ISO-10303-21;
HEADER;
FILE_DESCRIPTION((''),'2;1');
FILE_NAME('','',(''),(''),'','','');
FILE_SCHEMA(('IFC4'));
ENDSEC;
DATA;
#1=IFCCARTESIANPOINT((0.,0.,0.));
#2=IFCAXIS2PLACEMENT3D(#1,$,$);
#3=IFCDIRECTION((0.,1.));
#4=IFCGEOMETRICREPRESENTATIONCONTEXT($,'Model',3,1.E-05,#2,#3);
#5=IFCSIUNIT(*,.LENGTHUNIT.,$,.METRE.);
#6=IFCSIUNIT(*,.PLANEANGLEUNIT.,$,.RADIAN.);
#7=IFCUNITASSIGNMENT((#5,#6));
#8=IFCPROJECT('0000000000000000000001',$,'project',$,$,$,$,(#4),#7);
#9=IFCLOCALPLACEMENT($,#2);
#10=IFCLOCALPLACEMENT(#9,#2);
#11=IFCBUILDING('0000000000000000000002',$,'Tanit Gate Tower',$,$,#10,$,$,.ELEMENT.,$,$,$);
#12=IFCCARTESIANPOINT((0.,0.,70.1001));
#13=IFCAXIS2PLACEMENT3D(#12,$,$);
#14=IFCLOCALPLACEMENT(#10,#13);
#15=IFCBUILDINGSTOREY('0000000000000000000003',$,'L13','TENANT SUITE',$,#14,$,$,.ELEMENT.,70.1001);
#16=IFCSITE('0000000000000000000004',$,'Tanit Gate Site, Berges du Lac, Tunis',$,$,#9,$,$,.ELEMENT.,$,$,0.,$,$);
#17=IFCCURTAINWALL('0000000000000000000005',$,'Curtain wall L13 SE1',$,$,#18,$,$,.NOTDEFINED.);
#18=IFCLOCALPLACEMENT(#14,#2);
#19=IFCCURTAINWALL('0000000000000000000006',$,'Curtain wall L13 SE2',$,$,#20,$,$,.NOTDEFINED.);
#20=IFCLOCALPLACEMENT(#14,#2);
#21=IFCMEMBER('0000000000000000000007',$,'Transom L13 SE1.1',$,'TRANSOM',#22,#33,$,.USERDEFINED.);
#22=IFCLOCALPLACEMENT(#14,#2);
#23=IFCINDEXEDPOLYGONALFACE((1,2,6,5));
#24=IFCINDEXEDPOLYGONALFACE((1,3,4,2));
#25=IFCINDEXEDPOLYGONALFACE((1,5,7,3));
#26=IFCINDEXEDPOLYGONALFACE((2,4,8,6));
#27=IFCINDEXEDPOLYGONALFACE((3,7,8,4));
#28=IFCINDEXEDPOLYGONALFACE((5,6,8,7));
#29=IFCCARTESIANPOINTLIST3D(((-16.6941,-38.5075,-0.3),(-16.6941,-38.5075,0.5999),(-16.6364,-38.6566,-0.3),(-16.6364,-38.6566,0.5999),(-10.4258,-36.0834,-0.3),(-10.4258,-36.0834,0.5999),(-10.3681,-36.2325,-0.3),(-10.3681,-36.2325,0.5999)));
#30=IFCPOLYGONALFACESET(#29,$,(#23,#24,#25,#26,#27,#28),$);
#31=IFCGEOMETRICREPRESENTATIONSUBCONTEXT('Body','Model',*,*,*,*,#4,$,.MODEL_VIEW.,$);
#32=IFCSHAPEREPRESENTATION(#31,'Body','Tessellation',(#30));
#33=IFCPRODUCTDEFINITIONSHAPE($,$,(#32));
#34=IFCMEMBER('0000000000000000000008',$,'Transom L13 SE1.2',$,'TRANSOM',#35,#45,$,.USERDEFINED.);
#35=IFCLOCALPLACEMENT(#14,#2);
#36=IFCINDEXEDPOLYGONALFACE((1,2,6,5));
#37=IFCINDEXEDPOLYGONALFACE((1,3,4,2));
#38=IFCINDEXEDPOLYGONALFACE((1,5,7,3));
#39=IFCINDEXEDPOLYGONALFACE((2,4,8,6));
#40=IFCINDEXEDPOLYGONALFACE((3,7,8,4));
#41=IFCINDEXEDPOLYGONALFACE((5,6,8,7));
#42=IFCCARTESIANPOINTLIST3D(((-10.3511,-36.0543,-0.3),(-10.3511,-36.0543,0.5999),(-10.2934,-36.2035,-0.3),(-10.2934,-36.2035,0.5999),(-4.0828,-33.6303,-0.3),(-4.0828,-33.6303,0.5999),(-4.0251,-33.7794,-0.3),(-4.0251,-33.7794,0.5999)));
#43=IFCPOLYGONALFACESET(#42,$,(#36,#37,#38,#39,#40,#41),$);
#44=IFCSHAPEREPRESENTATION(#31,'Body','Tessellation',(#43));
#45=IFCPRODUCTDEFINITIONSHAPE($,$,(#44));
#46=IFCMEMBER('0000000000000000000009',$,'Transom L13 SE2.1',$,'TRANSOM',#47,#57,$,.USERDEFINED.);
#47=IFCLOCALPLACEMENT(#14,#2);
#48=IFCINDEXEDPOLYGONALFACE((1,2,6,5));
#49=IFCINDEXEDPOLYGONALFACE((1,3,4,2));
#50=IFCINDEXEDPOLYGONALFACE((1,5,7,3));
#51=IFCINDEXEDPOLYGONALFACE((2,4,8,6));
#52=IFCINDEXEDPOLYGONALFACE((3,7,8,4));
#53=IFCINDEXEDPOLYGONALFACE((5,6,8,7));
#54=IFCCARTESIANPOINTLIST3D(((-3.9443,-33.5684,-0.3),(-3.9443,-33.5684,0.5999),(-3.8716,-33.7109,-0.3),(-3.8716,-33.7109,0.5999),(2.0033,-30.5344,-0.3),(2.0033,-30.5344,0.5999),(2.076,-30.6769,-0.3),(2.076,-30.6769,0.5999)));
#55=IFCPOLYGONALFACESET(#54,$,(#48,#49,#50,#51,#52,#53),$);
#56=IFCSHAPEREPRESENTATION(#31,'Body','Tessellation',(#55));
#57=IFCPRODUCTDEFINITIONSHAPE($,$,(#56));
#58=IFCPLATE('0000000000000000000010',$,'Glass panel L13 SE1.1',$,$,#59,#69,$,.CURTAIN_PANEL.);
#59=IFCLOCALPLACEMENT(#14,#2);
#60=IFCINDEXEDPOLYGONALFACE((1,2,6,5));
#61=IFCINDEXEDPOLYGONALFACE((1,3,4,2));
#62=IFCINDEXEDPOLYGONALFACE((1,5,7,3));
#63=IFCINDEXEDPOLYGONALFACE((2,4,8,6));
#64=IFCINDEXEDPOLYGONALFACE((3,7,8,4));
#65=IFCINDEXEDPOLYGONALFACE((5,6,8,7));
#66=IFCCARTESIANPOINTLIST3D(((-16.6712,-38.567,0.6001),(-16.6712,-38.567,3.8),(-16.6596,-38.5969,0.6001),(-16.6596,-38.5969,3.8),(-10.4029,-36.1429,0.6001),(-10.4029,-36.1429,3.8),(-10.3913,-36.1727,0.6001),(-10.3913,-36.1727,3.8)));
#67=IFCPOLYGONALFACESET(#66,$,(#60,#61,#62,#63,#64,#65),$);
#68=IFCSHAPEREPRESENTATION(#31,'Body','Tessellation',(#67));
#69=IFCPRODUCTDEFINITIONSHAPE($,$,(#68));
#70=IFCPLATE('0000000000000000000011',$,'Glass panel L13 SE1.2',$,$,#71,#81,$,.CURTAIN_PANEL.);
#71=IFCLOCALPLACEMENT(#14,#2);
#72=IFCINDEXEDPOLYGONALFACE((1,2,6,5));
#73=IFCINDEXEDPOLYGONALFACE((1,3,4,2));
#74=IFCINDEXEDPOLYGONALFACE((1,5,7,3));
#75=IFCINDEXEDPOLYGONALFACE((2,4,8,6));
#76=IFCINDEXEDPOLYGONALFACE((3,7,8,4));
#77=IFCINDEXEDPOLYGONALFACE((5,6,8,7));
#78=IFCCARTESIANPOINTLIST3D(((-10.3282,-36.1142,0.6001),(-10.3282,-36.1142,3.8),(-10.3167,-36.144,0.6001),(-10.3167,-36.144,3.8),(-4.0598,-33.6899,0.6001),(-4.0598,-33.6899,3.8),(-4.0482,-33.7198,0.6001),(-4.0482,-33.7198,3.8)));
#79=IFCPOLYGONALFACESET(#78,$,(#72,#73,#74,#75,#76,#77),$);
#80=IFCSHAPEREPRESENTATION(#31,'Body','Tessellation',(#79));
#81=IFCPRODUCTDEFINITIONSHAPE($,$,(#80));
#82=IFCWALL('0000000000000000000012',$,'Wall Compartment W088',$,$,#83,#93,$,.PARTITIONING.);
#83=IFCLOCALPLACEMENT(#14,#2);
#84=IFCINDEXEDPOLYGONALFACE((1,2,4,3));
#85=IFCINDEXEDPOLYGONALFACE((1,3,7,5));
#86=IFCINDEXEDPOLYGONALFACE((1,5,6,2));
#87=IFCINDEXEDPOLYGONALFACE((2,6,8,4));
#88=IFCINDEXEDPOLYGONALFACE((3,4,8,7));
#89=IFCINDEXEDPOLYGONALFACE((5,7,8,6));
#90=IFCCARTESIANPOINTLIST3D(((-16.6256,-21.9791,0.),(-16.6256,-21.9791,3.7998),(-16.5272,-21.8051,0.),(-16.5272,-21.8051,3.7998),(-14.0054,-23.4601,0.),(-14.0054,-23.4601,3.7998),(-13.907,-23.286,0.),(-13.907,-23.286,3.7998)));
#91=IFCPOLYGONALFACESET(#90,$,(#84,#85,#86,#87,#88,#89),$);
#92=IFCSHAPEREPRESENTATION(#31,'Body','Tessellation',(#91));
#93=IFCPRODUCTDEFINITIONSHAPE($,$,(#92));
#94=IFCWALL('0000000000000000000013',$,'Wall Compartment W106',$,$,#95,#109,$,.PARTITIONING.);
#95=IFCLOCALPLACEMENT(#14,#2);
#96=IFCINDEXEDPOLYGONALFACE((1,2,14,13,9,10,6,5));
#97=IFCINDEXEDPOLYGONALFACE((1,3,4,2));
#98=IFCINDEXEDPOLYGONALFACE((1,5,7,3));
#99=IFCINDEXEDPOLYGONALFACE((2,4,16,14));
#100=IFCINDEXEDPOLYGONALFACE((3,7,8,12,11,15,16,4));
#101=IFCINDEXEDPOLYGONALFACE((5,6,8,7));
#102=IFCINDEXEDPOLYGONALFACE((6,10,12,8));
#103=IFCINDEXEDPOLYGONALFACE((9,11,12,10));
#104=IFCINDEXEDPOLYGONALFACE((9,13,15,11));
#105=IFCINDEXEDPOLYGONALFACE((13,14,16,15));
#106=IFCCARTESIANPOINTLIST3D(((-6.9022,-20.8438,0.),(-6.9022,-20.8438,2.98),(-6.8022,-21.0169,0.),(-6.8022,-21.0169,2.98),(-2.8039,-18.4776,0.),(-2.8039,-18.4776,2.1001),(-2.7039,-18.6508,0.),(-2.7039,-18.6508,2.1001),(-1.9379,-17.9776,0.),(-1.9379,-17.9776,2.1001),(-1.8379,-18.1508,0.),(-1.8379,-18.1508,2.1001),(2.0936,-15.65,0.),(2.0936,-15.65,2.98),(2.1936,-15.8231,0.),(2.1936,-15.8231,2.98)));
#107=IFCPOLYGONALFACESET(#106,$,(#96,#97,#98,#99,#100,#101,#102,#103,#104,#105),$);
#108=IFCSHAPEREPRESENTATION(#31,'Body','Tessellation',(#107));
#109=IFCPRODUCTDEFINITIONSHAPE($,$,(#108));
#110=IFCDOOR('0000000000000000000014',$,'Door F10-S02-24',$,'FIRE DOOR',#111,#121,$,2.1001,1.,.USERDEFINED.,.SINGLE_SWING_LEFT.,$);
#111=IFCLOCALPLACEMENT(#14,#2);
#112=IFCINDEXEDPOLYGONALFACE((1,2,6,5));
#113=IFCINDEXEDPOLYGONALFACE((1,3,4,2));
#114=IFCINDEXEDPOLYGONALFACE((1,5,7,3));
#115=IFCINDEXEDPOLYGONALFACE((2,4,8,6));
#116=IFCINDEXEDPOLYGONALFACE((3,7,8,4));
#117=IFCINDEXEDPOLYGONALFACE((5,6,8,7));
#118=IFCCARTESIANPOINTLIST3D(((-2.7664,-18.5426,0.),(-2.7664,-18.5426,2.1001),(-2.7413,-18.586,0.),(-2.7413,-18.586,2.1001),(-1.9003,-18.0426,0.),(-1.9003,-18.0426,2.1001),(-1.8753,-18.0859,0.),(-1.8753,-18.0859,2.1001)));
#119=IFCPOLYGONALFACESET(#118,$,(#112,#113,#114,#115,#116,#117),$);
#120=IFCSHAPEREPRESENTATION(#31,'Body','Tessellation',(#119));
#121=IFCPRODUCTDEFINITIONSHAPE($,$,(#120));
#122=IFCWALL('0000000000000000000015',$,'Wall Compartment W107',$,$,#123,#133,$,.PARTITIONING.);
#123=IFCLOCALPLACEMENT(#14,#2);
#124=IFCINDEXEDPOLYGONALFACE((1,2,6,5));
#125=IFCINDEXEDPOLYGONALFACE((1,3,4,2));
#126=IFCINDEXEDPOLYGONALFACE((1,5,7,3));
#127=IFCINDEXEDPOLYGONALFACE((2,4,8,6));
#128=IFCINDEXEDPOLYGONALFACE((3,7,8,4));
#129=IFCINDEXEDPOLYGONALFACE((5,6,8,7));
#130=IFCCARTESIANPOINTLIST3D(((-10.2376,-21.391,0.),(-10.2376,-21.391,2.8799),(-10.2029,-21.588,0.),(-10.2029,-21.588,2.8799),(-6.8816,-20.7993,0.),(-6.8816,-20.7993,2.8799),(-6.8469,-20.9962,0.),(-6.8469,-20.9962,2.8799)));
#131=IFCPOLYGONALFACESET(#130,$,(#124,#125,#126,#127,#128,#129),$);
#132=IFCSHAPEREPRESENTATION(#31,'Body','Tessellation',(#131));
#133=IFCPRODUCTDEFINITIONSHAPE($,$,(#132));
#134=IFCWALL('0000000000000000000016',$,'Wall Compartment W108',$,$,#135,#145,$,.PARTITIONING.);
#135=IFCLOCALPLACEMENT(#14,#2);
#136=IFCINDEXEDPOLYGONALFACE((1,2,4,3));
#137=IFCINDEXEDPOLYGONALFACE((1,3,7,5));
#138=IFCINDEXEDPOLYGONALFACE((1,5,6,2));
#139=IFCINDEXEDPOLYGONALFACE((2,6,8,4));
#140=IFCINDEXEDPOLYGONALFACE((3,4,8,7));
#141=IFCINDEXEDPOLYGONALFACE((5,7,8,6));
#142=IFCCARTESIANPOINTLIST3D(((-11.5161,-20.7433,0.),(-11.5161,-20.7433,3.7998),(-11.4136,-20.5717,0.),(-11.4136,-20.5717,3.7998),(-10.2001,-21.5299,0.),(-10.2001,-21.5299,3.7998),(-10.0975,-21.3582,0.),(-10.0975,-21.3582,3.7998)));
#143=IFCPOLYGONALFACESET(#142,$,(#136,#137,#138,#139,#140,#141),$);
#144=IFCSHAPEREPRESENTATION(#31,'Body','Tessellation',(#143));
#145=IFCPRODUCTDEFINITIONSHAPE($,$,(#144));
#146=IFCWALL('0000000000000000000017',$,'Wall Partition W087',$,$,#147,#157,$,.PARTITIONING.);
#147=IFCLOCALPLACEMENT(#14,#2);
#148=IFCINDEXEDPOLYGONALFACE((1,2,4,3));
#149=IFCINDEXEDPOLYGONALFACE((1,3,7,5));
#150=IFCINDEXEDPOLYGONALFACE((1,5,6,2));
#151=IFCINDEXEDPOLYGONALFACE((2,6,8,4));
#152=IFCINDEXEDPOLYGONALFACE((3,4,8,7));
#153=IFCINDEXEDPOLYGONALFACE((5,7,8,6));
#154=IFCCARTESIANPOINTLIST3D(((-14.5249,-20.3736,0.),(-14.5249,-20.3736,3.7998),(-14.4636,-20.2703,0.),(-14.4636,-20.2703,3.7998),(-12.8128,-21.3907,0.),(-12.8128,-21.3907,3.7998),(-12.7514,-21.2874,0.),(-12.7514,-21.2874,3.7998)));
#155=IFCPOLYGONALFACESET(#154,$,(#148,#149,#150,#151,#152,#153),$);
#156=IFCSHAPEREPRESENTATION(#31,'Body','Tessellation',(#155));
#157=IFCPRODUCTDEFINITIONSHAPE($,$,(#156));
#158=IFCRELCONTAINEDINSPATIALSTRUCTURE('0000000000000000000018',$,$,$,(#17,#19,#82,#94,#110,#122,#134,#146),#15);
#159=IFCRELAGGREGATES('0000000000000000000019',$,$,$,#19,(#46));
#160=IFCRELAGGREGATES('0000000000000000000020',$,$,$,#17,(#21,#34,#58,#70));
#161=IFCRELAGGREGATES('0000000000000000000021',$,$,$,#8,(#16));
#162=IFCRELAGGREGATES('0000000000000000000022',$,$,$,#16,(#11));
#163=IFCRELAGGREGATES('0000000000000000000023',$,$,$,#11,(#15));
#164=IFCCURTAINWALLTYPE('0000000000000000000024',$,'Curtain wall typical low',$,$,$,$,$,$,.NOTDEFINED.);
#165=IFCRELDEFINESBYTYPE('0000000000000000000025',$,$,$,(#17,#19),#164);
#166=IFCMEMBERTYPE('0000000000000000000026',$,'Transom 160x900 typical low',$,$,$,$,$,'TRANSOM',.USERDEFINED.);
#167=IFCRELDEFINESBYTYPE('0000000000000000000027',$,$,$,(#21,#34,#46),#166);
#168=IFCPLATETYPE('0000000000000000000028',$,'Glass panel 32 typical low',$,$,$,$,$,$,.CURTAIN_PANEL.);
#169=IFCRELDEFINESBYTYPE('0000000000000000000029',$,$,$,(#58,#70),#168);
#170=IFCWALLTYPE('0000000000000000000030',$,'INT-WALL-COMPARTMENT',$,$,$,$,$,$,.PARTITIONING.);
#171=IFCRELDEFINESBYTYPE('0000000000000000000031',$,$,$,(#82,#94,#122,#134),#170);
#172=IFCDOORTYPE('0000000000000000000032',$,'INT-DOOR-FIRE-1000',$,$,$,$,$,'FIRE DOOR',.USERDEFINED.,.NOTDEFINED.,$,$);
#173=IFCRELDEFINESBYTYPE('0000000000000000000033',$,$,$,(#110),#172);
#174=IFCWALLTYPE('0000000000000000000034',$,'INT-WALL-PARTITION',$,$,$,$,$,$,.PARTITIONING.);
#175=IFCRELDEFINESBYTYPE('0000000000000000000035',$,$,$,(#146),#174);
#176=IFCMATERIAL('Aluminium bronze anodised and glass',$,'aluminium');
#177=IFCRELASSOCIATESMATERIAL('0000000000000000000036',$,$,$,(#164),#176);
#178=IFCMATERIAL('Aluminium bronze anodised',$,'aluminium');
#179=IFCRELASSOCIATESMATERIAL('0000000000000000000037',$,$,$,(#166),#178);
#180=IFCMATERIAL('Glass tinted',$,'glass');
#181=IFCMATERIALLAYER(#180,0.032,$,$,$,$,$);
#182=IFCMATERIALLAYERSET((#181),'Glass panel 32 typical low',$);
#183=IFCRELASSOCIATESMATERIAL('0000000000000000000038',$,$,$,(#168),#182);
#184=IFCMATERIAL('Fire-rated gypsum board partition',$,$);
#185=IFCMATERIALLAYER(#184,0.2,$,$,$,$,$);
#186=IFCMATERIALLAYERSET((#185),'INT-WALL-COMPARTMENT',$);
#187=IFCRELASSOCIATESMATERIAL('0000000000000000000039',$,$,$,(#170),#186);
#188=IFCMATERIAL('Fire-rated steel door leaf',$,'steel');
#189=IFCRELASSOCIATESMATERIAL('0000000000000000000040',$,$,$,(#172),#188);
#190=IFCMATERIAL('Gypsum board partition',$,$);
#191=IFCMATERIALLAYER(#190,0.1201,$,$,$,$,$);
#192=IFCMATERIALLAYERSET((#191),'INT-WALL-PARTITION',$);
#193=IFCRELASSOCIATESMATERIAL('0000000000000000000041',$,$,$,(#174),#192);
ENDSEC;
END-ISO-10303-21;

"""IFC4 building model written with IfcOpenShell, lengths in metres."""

from ifc_helpers import new_model, si_unit, direction, frame, frame_2d, origin, origin_2d, place, context, subcontext, project, spatial, rectangle, extrude, material, layer, layer_set, material_profile, profile_set, type_object, element, fill, aggregate, save


model = new_model("IFC4")

# Units and contexts
model_context = context("Model", 3, precision=1e-05, world=origin(), true_north=direction((0.0, 1.0)))
body_context = subcontext(model_context, "Body", "Model", "MODEL_VIEW")
ifc_project = project(units=[si_unit("LENGTHUNIT", "METRE"), si_unit("PLANEANGLEUNIT", "RADIAN")], contexts=[model_context])

# Site, building, storey
site_placement = place(None, origin())
site = spatial("IfcSite", under=ifc_project, at=site_placement, Name="Tanit Gate Site, Berges du Lac, Tunis", CompositionType="ELEMENT", RefElevation=0.0)
building_placement = place(site_placement, origin())
building = spatial("IfcBuilding", under=site, at=building_placement, Name="Tanit Gate Tower", CompositionType="ELEMENT")
storey_placement = place(building_placement, frame((0.0, 0.0, 70.1001)))
storey = spatial("IfcBuildingStorey", under=building, at=storey_placement, Name="L13", Description="TENANT SUITE", CompositionType="ELEMENT", Elevation=70.1001)

# Curtain walls
ifc_material_1 = material(Name="Aluminium bronze anodised and glass", Category="aluminium")
curtain_wall_type = type_object("IfcCurtainWallType", Name="Curtain wall typical low", PredefinedType="NOTDEFINED", material=ifc_material_1)
curtain_wall_1_placement = place(storey_placement, origin())
curtain_wall_1 = element("IfcCurtainWall", 1, at=curtain_wall_1_placement, inside=storey, type_object=curtain_wall_type, Name="Curtain wall L13 SE1", PredefinedType="NOTDEFINED")
curtain_wall_2_placement = place(storey_placement, origin())
curtain_wall_2 = element("IfcCurtainWall", 2, at=curtain_wall_2_placement, inside=storey, type_object=curtain_wall_type, Name="Curtain wall L13 SE2", PredefinedType="NOTDEFINED")

# Members
ifc_material_2 = material(Name="Aluminium bronze anodised", Category="aluminium")
ifc_material_profile_1 = material_profile(ifc_material_2, rectangle(XDim=0.1599, YDim=0.8999, at=origin_2d()), Name="160x900 bronze transom")
ifc_profile_set_1 = profile_set([ifc_material_profile_1], Name="Aluminium bronze anodised")
member_type_1 = type_object("IfcMemberType", Name="Transom 160x900 typical low", ElementType="TRANSOM", PredefinedType="USERDEFINED", material=ifc_profile_set_1)
member_1_placement = place(storey_placement, frame((-16.6653, -38.582, 0.1499), z_axis=(0.932687, 0.360687, 0.0), x_axis=(-0.360687, 0.932687, 0.0)))
member_1 = element("IfcMember", 3, at=member_1_placement, type_object=member_type_1, Name="Transom L13 SE1.1", ObjectType="TRANSOM", PredefinedType="USERDEFINED", context=body_context, shape_type="SweptSolid", body=[
    extrude(rectangle(XDim=0.1599, YDim=0.8999, at=origin_2d()), origin(), (0.0, 0.0, 1.0), 6.7207),
])
member_2_placement = place(storey_placement, frame((-10.3223, -36.1289, 0.1499), z_axis=(0.932687, 0.360687, 0.0), x_axis=(-0.360687, 0.932687, 0.0)))
member_2 = element("IfcMember", 4, at=member_2_placement, type_object=member_type_1, Name="Transom L13 SE1.2", ObjectType="TRANSOM", PredefinedType="USERDEFINED", context=body_context, shape_type="SweptSolid", body=[
    extrude(rectangle(XDim=0.1599, YDim=0.8999, at=origin_2d()), origin(), (0.0, 0.0, 1.0), 6.7207),
])
member_3_placement = place(storey_placement, frame((-3.908, -33.6396, 0.1499), z_axis=(0.890793, 0.45441, 0.0), x_axis=(-0.45441, 0.890793, 0.0)))
member_3 = element("IfcMember", 5, at=member_3_placement, type_object=member_type_1, Name="Transom L13 SE2.1", ObjectType="TRANSOM", PredefinedType="USERDEFINED", context=body_context, shape_type="SweptSolid", body=[
    extrude(rectangle(XDim=0.1599, YDim=0.8999, at=origin_2d()), origin(), (0.0, 0.0, 1.0), 6.6768),
])
aggregate(curtain_wall_2, [member_3])

# Plates
ifc_material_3 = material(Name="Glass tinted", Category="glass")
ifc_layer_1 = layer(ifc_material_3, 0.032)
ifc_layer_set_1 = layer_set([ifc_layer_1], Name="Glass panel 32 typical low")
plate_type = type_object("IfcPlateType", Name="Glass panel 32 typical low", PredefinedType="CURTAIN_PANEL", material=ifc_layer_set_1)
plate_1_placement = place(storey_placement, frame((-13.5312, -37.3699, 0.6001), z_axis=(0.0, 0.0, 1.0), x_axis=(0.932681, 0.360703, 0.0)))
plate_1 = element("IfcPlate", 6, at=plate_1_placement, type_object=plate_type, Name="Glass panel L13 SE1.1", PredefinedType="CURTAIN_PANEL", context=body_context, shape_type="SweptSolid", body=[
    extrude(rectangle(XDim=6.7207, YDim=0.032, at=origin_2d()), origin(), (0.0, 0.0, 1.0), 3.2),
])
plate_2_placement = place(storey_placement, frame((-7.1882, -34.917, 0.6001), z_axis=(0.0, 0.0, 1.0), x_axis=(0.932681, 0.360703, 0.0)))
plate_2 = element("IfcPlate", 7, at=plate_2_placement, type_object=plate_type, Name="Glass panel L13 SE1.2", PredefinedType="CURTAIN_PANEL", context=body_context, shape_type="SweptSolid", body=[
    extrude(rectangle(XDim=6.7209, YDim=0.032, at=origin_2d()), origin(), (0.0, 0.0, 1.0), 3.2),
])
aggregate(curtain_wall_1, [member_1, member_2, plate_1, plate_2])

# Wall
ifc_material_4 = material(Name="Fire-rated gypsum board partition")
ifc_layer_2 = layer(ifc_material_4, 0.2)
ifc_layer_set_2 = layer_set([ifc_layer_2], Name="INT-WALL-COMPARTMENT")
wall_type_1 = type_object("IfcWallType", Name="INT-WALL-COMPARTMENT", PredefinedType="PARTITIONING", material=ifc_layer_set_2)
wall_1_placement = place(storey_placement, frame((-16.5764, -21.8921, 0.0), z_axis=(0.0, 0.0, 1.0), x_axis=(0.87056, -0.492063, 0.0)))
element("IfcWall", 8, at=wall_1_placement, inside=storey, type_object=wall_type_1, Name="Wall Compartment W088", PredefinedType="PARTITIONING", context=body_context, shape_type="SweptSolid", body=[
    extrude(rectangle(XDim=3.0098, YDim=0.2, at=frame_2d((1.5049, 0.0))), origin(), (0.0, 0.0, 1.0), 3.7998),
])

# Wall, opening, door
wall_2_placement = place(storey_placement, frame((-6.8523, -20.9304, 0.0), z_axis=(0.0, 0.0, 1.0), x_axis=(0.866022, 0.500007, 0.0)))
wall_2 = element("IfcWall", 9, at=wall_2_placement, inside=storey, type_object=wall_type_1, Name="Wall Compartment W106", PredefinedType="PARTITIONING", context=body_context, shape_type="SweptSolid", body=[
    extrude(rectangle(XDim=10.3875, YDim=0.2, at=frame_2d((5.1938, 0.0))), origin(), (0.0, 0.0, 1.0), 2.98),
])
opening_1_placement = place(wall_2_placement, frame((4.7324, 0.0, 0.0)))
opening_1 = element("IfcOpeningElement", 10, at=opening_1_placement, cuts=wall_2, PredefinedType="OPENING", context=body_context, shape_type="SweptSolid", body=[
    extrude(rectangle(XDim=1.0, YDim=2.1001, at=frame_2d((0.5, 1.05))), frame((0.0, 0.1099, 0.0), z_axis=(0.0, -1.0, 0.0), x_axis=(1.0, 0.0, 0.0)), (0.0, 0.0, 1.0), 0.22),
])
ifc_material_5 = material(Name="Fire-rated steel door leaf", Category="steel")
door_type_1 = type_object("IfcDoorType", Name="INT-DOOR-FIRE-1000", ElementType="FIRE DOOR", OperationType="NOTDEFINED", PredefinedType="USERDEFINED", material=ifc_material_5)
door_1_placement = place(opening_1_placement, origin())
door_1 = element("IfcDoor", 11, at=door_1_placement, inside=storey, type_object=door_type_1, Name="Door F10-S02-24", ObjectType="FIRE DOOR", OperationType="SINGLE_SWING_LEFT", OverallHeight=2.1001, OverallWidth=1.0, PredefinedType="USERDEFINED", context=body_context, shape_type="SweptSolid", body=[
    extrude(rectangle(XDim=1.0, YDim=2.1001, at=frame_2d((0.5, 1.05))), frame((0.0, 0.0249, 0.0), z_axis=(0.0, -1.0, 0.0), x_axis=(1.0, 0.0, 0.0)), (0.0, 0.0, 1.0), 0.05),
])
fill(opening_1, door_1)

# Walls
wall_3_placement = place(storey_placement, frame((-10.2202, -21.4895, 0.0), z_axis=(0.0, 0.0, 1.0), x_axis=(0.984805, 0.173663, 0.0)))
element("IfcWall", 12, at=wall_3_placement, inside=storey, type_object=wall_type_1, Name="Wall Compartment W107", PredefinedType="PARTITIONING", context=body_context, shape_type="SweptSolid", body=[
    extrude(rectangle(XDim=3.4077, YDim=0.2, at=frame_2d((1.7039, 0.0))), origin(), (0.0, 0.0, 1.0), 2.8799),
])
wall_4_placement = place(storey_placement, frame((-11.4648, -20.6575, 0.0), z_axis=(0.0, 0.0, 1.0), x_axis=(0.858377, -0.51302, 0.0)))
element("IfcWall", 13, at=wall_4_placement, inside=storey, type_object=wall_type_1, Name="Wall Compartment W108", PredefinedType="PARTITIONING", context=body_context, shape_type="SweptSolid", body=[
    extrude(rectangle(XDim=1.5332, YDim=0.2, at=frame_2d((0.7666, 0.0))), origin(), (0.0, 0.0, 1.0), 3.7998),
])
ifc_material_6 = material(Name="Gypsum board partition")
ifc_layer_3 = layer(ifc_material_6, 0.1201)
ifc_layer_set_3 = layer_set([ifc_layer_3], Name="INT-WALL-PARTITION")
wall_type_2 = type_object("IfcWallType", Name="INT-WALL-PARTITION", PredefinedType="PARTITIONING", material=ifc_layer_set_3)
wall_5_placement = place(storey_placement, frame((-14.4941, -20.322, 0.0), z_axis=(0.0, 0.0, 1.0), x_axis=(0.859745, -0.510723, 0.0)))
element("IfcWall", 14, at=wall_5_placement, inside=storey, type_object=wall_type_2, Name="Wall Partition W087", PredefinedType="PARTITIONING", context=body_context, shape_type="SweptSolid", body=[
    extrude(rectangle(XDim=1.9915, YDim=0.1201, at=frame_2d((0.9956, 0.0))), origin(), (0.0, 0.0, 1.0), 3.7998),
])

save(model, "model.ifc")
